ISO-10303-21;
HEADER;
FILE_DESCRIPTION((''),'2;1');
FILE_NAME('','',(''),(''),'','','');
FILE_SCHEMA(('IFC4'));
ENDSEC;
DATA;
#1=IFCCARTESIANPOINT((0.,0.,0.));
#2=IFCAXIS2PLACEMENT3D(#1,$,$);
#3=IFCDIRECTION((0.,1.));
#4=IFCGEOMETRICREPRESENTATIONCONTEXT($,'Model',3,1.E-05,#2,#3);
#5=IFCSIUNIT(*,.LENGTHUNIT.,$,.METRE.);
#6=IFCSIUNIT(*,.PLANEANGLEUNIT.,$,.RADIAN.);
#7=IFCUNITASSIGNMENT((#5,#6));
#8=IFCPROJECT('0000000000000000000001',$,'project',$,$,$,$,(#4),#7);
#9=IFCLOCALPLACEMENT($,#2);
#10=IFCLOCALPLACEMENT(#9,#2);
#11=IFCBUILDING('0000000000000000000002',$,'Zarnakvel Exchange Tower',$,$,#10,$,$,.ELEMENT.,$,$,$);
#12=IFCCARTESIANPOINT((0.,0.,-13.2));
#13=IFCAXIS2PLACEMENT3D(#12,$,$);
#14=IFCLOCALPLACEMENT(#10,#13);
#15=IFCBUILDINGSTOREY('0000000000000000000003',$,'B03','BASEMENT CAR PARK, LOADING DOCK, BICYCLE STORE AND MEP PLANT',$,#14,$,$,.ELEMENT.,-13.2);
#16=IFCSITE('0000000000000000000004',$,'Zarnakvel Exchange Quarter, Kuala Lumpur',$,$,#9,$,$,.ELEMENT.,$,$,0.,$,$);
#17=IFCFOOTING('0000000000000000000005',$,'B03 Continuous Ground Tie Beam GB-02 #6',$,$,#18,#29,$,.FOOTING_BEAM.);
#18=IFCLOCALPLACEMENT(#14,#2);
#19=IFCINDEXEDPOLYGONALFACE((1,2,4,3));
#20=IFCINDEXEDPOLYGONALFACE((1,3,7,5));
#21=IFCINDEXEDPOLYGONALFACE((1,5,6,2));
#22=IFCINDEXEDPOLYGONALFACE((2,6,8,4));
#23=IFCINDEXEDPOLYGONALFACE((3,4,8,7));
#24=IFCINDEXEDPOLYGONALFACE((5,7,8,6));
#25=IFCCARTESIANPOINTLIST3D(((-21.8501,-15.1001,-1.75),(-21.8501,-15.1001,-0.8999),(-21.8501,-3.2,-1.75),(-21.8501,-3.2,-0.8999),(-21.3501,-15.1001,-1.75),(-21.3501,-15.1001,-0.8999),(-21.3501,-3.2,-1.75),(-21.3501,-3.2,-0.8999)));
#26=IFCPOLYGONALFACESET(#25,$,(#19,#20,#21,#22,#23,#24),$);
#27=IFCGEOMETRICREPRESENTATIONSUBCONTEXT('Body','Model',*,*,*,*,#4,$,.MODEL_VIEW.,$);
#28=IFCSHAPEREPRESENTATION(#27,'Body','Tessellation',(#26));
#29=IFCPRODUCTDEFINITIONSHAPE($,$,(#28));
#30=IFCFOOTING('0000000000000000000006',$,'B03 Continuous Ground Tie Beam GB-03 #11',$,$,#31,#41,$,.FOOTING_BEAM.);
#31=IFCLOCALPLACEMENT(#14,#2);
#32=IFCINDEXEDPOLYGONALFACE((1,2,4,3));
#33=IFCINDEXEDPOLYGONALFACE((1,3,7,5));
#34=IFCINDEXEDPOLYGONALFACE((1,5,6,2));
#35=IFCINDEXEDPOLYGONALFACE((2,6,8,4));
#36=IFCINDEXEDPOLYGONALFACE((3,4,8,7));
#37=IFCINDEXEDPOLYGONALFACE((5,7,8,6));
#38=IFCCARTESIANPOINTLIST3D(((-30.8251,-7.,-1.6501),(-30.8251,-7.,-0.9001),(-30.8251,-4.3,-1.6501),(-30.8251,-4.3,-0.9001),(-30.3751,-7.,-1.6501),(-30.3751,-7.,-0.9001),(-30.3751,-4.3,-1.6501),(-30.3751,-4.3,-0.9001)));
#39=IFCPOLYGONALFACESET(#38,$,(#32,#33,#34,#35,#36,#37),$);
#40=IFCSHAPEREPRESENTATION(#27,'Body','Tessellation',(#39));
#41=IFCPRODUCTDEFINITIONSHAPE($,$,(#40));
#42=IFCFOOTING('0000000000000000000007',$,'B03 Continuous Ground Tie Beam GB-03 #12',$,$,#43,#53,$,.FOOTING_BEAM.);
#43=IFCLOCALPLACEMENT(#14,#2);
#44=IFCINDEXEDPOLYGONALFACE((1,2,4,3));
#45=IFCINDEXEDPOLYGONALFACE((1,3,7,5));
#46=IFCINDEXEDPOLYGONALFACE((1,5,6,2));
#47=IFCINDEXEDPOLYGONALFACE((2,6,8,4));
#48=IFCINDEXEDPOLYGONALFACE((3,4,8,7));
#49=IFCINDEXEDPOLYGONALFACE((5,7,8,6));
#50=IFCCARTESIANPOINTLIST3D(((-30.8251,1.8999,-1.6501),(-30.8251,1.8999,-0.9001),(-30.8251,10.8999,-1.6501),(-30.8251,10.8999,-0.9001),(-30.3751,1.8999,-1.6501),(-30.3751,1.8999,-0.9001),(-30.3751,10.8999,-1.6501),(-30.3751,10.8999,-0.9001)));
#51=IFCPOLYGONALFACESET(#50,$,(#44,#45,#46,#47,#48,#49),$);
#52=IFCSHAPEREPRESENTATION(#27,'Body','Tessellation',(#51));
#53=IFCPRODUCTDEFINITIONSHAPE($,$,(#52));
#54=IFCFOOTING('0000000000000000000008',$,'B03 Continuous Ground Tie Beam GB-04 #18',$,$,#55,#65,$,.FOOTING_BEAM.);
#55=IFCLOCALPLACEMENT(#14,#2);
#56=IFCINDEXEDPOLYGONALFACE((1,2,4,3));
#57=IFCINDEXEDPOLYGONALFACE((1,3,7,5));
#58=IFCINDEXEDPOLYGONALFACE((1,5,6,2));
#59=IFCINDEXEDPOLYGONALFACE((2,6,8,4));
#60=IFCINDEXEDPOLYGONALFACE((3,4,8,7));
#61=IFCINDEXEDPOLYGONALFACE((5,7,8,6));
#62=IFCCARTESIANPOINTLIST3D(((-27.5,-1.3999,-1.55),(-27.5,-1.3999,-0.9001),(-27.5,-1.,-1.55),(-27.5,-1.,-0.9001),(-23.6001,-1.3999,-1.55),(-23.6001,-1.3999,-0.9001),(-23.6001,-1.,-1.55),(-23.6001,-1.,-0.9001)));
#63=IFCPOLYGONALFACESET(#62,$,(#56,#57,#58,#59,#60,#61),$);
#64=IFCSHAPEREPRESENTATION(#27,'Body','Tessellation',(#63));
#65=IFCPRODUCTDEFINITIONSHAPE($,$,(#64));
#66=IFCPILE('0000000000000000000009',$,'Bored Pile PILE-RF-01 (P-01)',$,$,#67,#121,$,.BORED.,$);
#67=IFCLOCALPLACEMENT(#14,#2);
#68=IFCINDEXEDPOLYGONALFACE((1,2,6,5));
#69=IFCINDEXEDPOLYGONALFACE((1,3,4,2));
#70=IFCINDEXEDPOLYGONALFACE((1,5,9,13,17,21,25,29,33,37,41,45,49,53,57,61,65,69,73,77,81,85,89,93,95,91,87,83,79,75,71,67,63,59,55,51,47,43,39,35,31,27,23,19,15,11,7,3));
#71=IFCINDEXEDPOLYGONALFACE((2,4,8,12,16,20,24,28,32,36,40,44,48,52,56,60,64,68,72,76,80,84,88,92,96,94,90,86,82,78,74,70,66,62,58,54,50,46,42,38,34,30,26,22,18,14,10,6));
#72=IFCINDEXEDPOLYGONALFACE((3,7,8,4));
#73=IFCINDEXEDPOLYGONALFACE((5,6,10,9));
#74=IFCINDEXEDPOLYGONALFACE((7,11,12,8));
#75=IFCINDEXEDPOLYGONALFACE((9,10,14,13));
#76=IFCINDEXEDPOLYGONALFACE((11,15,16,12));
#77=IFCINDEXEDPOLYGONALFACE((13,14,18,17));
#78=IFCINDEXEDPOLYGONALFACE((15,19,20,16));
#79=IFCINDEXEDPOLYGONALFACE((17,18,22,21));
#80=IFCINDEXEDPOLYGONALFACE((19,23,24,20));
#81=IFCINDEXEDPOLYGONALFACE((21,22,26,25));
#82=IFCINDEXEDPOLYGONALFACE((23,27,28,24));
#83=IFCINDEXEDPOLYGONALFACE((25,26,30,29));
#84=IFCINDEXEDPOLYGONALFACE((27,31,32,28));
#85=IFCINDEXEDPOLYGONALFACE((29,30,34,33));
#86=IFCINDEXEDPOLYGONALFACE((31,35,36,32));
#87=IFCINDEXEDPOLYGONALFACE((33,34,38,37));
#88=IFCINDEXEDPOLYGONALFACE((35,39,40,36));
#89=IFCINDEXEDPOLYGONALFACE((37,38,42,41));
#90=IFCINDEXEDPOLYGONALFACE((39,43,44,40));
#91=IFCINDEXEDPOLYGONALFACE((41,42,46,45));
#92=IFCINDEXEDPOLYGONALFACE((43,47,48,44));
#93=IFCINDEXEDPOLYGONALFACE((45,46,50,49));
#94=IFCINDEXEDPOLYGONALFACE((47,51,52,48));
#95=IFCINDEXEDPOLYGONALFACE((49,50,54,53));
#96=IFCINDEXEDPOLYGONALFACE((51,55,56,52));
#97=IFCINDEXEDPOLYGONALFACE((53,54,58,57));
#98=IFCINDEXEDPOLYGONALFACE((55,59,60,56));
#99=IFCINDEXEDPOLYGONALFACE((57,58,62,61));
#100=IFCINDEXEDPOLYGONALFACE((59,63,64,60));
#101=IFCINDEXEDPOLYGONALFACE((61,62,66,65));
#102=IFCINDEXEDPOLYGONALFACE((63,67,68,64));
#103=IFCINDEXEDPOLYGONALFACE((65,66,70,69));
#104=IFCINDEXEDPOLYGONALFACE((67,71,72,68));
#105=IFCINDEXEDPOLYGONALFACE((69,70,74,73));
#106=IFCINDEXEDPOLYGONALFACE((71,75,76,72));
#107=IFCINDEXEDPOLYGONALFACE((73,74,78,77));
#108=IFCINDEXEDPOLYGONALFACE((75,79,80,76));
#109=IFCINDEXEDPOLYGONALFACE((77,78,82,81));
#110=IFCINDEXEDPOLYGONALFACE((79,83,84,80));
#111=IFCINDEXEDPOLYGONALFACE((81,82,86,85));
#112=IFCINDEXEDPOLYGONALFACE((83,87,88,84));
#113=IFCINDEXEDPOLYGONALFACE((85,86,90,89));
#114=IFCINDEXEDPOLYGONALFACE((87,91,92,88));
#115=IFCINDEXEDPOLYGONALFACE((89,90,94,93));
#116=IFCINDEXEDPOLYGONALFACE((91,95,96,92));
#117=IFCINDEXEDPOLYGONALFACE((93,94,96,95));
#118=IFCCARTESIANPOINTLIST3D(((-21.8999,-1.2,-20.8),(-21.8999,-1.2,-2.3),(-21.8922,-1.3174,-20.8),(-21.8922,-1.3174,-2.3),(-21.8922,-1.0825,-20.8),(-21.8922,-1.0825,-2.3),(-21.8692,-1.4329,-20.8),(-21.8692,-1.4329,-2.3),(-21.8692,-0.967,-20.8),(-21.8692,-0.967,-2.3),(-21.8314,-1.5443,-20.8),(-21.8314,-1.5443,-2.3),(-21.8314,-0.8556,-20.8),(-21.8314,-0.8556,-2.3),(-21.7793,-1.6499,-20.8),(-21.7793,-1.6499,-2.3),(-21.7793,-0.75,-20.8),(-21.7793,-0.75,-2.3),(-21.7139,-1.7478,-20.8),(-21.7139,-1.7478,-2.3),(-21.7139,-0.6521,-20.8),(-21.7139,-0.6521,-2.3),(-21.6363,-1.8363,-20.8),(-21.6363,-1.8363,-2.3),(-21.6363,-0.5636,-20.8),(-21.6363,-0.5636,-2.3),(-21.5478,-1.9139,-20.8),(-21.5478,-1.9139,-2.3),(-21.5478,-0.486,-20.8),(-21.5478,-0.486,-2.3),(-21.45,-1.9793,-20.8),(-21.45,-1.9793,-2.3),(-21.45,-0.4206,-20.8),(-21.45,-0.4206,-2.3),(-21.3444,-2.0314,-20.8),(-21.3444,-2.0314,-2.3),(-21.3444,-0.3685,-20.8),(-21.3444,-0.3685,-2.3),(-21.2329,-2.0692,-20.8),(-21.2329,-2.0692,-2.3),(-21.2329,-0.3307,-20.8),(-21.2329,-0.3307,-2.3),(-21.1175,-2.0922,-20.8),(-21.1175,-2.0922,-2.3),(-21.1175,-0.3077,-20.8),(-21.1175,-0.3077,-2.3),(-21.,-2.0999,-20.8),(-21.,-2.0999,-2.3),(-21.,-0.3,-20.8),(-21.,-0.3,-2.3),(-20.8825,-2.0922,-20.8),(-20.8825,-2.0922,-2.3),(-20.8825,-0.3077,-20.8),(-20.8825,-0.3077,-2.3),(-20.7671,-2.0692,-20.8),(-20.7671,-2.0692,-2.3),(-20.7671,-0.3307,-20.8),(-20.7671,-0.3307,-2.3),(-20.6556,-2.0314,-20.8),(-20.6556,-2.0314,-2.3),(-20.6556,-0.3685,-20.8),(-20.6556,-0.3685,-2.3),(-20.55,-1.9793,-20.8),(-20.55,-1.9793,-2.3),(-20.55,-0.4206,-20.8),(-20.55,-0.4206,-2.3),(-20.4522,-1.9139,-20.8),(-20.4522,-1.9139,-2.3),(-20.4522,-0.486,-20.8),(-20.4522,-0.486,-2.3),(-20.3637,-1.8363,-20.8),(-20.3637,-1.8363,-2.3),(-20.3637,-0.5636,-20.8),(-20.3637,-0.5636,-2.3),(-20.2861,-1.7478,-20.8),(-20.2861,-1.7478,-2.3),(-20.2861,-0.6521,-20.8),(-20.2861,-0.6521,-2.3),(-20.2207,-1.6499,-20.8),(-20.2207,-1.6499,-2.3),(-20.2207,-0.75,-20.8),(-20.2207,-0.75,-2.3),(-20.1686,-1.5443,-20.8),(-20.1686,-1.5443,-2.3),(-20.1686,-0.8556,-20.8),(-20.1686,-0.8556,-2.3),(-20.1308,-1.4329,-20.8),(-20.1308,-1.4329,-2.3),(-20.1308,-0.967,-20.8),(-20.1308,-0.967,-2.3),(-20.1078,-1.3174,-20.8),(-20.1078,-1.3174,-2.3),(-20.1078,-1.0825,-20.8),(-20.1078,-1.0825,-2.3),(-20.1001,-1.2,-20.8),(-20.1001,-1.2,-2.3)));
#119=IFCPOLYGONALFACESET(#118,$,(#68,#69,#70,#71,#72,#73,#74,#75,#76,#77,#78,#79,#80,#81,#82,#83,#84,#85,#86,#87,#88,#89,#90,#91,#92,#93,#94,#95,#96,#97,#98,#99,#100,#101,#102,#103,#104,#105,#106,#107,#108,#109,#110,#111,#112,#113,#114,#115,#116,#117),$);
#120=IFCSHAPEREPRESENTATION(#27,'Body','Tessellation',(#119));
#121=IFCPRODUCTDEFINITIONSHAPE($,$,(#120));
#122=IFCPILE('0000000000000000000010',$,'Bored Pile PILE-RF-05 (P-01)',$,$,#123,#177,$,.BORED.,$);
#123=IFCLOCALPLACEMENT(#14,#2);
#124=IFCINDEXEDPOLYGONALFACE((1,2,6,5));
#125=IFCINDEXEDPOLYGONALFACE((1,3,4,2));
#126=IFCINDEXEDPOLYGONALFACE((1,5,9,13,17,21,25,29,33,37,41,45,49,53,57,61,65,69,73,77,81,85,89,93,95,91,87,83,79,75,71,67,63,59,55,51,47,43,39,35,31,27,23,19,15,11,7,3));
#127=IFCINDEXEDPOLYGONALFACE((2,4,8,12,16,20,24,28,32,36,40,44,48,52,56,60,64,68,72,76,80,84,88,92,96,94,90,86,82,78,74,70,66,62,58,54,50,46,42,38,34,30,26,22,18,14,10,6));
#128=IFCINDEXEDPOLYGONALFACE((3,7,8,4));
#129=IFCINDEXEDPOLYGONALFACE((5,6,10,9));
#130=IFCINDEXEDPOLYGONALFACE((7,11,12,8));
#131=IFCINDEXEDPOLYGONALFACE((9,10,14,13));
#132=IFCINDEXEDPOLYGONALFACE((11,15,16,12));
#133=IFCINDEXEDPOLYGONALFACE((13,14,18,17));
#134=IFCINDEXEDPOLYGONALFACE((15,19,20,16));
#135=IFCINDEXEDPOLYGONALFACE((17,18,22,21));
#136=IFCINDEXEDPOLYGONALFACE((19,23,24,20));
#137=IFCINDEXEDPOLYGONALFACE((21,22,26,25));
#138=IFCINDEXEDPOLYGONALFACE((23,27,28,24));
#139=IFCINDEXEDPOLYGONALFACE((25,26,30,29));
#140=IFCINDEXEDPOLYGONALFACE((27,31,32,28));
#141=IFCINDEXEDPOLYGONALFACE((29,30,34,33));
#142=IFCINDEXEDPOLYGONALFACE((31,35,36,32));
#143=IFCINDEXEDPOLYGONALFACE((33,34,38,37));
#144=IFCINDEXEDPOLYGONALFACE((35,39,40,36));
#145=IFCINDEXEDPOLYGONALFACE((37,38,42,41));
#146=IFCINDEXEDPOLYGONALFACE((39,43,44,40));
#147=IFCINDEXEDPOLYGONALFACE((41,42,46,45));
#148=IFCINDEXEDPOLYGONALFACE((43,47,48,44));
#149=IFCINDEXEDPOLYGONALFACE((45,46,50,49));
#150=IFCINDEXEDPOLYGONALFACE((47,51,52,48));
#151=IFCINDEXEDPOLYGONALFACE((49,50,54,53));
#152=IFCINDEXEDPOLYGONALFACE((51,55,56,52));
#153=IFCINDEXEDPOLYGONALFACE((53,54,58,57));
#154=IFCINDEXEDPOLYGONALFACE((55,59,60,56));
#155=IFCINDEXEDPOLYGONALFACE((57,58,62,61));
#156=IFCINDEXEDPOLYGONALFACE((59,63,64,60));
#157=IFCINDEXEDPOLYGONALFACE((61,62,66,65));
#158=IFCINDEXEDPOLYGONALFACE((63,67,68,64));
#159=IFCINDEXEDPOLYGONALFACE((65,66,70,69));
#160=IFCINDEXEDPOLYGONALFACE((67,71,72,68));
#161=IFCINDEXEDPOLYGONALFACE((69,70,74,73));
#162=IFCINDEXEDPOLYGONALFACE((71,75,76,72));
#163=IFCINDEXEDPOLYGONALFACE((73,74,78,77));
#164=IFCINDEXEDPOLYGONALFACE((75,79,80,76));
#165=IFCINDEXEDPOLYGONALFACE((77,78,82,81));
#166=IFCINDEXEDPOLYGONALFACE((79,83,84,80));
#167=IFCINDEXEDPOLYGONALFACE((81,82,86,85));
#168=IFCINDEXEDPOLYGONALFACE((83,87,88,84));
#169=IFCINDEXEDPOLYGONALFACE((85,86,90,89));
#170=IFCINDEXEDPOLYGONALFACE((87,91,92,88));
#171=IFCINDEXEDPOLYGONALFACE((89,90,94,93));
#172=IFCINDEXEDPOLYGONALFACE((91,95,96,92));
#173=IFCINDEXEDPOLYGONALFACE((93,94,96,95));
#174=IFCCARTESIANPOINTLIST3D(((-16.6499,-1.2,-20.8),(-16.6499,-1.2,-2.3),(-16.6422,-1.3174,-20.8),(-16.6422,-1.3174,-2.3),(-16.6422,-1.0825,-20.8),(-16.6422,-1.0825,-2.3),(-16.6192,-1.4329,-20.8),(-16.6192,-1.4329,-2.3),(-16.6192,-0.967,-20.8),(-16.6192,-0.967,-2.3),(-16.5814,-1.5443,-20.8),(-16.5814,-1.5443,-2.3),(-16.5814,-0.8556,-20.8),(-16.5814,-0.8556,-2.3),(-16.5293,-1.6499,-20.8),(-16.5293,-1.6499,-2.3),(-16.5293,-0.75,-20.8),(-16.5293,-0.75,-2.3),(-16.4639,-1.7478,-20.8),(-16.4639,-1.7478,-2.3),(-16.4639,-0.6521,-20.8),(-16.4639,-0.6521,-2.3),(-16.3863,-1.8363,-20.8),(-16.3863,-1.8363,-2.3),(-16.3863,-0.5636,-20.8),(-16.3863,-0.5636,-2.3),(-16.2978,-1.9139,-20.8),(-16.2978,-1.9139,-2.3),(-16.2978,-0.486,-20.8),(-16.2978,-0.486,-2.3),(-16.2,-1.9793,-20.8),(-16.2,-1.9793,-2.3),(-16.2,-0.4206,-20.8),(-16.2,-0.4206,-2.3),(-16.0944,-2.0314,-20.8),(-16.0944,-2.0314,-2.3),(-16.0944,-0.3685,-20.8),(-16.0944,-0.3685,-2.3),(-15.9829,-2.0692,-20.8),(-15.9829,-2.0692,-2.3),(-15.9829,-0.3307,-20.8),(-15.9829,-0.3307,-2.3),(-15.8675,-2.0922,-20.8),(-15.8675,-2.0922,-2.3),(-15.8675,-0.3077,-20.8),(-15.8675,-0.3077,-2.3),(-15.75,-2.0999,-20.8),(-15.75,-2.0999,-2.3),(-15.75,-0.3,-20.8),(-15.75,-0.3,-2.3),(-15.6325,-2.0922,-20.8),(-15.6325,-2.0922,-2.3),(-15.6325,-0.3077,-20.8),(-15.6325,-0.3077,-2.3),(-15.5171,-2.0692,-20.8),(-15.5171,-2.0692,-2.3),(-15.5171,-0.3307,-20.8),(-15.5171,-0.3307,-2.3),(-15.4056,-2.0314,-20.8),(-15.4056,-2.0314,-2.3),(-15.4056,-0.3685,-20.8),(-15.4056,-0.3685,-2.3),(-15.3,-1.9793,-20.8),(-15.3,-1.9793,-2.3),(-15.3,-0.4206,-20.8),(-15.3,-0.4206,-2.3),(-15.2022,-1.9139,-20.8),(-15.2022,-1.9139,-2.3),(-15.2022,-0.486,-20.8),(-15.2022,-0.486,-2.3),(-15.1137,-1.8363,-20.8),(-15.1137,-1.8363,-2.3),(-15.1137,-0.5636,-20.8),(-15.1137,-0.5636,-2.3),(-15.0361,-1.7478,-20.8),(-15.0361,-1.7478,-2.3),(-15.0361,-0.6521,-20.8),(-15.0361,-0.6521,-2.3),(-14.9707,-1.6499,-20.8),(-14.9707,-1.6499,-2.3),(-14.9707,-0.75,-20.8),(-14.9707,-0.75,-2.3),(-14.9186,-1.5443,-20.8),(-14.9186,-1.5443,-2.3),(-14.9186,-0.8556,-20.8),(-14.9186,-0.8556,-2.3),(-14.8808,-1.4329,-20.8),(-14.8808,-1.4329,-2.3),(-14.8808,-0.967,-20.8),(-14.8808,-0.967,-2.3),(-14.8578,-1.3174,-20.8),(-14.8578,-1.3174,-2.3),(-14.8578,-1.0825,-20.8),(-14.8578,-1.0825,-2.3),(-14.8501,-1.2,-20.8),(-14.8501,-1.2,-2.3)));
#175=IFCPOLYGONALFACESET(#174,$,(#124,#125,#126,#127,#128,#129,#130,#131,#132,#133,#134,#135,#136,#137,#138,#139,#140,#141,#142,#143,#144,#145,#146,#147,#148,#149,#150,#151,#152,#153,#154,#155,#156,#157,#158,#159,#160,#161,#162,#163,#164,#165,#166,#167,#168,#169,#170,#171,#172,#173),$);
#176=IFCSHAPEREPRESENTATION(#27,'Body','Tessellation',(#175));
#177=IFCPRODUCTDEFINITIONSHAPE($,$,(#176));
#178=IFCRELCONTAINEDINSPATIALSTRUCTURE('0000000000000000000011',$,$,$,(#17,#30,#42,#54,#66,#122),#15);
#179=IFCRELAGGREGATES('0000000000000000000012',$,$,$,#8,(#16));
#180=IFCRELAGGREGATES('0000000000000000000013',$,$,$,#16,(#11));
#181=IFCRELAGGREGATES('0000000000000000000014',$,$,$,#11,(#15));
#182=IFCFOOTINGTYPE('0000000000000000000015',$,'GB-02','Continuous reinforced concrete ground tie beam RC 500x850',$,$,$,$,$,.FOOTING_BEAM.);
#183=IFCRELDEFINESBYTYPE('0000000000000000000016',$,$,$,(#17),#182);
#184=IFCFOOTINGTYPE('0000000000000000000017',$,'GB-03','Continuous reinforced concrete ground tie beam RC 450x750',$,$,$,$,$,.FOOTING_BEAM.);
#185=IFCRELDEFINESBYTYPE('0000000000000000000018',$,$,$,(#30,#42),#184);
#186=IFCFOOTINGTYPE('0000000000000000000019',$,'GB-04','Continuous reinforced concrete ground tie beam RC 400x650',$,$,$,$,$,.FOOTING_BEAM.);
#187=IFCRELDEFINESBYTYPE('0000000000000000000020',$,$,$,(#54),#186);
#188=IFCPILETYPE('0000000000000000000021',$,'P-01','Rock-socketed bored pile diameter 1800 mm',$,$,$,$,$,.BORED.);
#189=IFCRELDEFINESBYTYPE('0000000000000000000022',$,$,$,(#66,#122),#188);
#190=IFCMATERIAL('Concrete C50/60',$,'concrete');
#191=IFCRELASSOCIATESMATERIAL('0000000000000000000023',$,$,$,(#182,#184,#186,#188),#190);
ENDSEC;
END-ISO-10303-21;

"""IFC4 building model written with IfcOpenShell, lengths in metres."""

from ifc_helpers import new_model, si_unit, direction, frame, origin, origin_2d, place, context, subcontext, project, spatial, rectangle, circle, extrude, material, material_profile, profile_set, type_object, element, save


model = new_model("IFC4")

# Units and contexts
model_context = context("Model", 3, precision=1e-05, world=origin(), true_north=direction((0.0, 1.0)))
body_context = subcontext(model_context, "Body", "Model", "MODEL_VIEW")
ifc_project = project(units=[si_unit("LENGTHUNIT", "METRE"), si_unit("PLANEANGLEUNIT", "RADIAN")], contexts=[model_context])

# Site, building, storey
site_placement = place(None, origin())
site = spatial("IfcSite", under=ifc_project, at=site_placement, Name="Zarnakvel Exchange Quarter, Kuala Lumpur", CompositionType="ELEMENT", RefElevation=0.0)
building_placement = place(site_placement, origin())
building = spatial("IfcBuilding", under=site, at=building_placement, Name="Zarnakvel Exchange Tower", CompositionType="ELEMENT")
storey_placement = place(building_placement, frame((0.0, 0.0, -13.2)))
storey = spatial("IfcBuildingStorey", under=building, at=storey_placement, Name="B03", Description="BASEMENT CAR PARK, LOADING DOCK, BICYCLE STORE AND MEP PLANT", CompositionType="ELEMENT", Elevation=-13.2)

# Footings
ifc_material_1 = material(Name="Concrete C50/60", Category="concrete")
ifc_material_profile_1 = material_profile(ifc_material_1, rectangle(XDim=0.5, YDim=0.8501, at=origin_2d()))
ifc_profile_set_1 = profile_set([ifc_material_profile_1], Name="Concrete C50/60")
footing_type_1 = type_object("IfcFootingType", Name="GB-02", Description="Continuous reinforced concrete ground tie beam RC 500x850", PredefinedType="FOOTING_BEAM", material=ifc_profile_set_1)
footing_1_placement = place(storey_placement, frame((-21.6001, -15.1001, -1.325), z_axis=(0.0, 1.0, 0.0), x_axis=(-1.0, 0.0, 0.0)))
element("IfcFooting", 1, at=footing_1_placement, inside=storey, type_object=footing_type_1, Name="B03 Continuous Ground Tie Beam GB-02 #6", PredefinedType="FOOTING_BEAM", context=body_context, shape_type="SweptSolid", body=[
    extrude(rectangle(XDim=0.5, YDim=0.8501, at=origin_2d()), origin(), (0.0, 0.0, 1.0), 11.9001),
])
ifc_material_profile_2 = material_profile(ifc_material_1, rectangle(XDim=0.45, YDim=0.75, at=origin_2d()))
ifc_profile_set_2 = profile_set([ifc_material_profile_2], Name="Concrete C50/60")
footing_type_2 = type_object("IfcFootingType", Name="GB-03", Description="Continuous reinforced concrete ground tie beam RC 450x750", PredefinedType="FOOTING_BEAM", material=ifc_profile_set_2)
footing_2_placement = place(storey_placement, frame((-30.6001, -7.0, -1.2751), z_axis=(0.0, 1.0, 0.0), x_axis=(-1.0, 0.0, 0.0)))
element("IfcFooting", 2, at=footing_2_placement, inside=storey, type_object=footing_type_2, Name="B03 Continuous Ground Tie Beam GB-03 #11", PredefinedType="FOOTING_BEAM", context=body_context, shape_type="SweptSolid", body=[
    extrude(rectangle(XDim=0.45, YDim=0.75, at=origin_2d()), origin(), (0.0, 0.0, 1.0), 2.7),
])
footing_3_placement = place(storey_placement, frame((-30.6001, 1.8999, -1.2751), z_axis=(0.0, 1.0, 0.0), x_axis=(-1.0, 0.0, 0.0)))
element("IfcFooting", 3, at=footing_3_placement, inside=storey, type_object=footing_type_2, Name="B03 Continuous Ground Tie Beam GB-03 #12", PredefinedType="FOOTING_BEAM", context=body_context, shape_type="SweptSolid", body=[
    extrude(rectangle(XDim=0.45, YDim=0.75, at=origin_2d()), origin(), (0.0, 0.0, 1.0), 9.0),
])
ifc_material_profile_3 = material_profile(ifc_material_1, rectangle(XDim=0.3999, YDim=0.6499, at=origin_2d()))
ifc_profile_set_3 = profile_set([ifc_material_profile_3], Name="Concrete C50/60")
footing_type_3 = type_object("IfcFootingType", Name="GB-04", Description="Continuous reinforced concrete ground tie beam RC 400x650", PredefinedType="FOOTING_BEAM", material=ifc_profile_set_3)
footing_4_placement = place(storey_placement, frame((-27.5, -1.2, -1.2251), z_axis=(1.0, 0.0, 0.0), x_axis=(0.0, 1.0, 0.0)))
element("IfcFooting", 4, at=footing_4_placement, inside=storey, type_object=footing_type_3, Name="B03 Continuous Ground Tie Beam GB-04 #18", PredefinedType="FOOTING_BEAM", context=body_context, shape_type="SweptSolid", body=[
    extrude(rectangle(XDim=0.3999, YDim=0.6499, at=origin_2d()), origin(), (0.0, 0.0, 1.0), 3.8999),
])

# Piles
ifc_material_profile_4 = material_profile(ifc_material_1, circle(Radius=0.8999, at=origin_2d()))
ifc_profile_set_4 = profile_set([ifc_material_profile_4], Name="Concrete C50/60")
pile_type_1 = type_object("IfcPileType", Name="P-01", Description="Rock-socketed bored pile diameter 1800 mm", PredefinedType="BORED", material=ifc_profile_set_4)
for number, where, z_axis, x_axis, name in (
    (5, (-21.0, -1.2, -2.3), (0.0, 0.0, -1.0), (1.0, 0.0, 0.0), "Bored Pile PILE-RF-01 (P-01)"),
    (6, (-15.75, -1.2, -2.3), (0.0, 0.0, -1.0), (1.0, 0.0, 0.0), "Bored Pile PILE-RF-05 (P-01)"),
):
    element("IfcPile", number, at=place(storey_placement, frame(where, z_axis=z_axis, x_axis=x_axis)), inside=storey, type_object=pile_type_1, Name=name, PredefinedType="BORED", context=body_context, shape_type="SweptSolid", body=[
        extrude(circle(Radius=0.8999, at=origin_2d()), origin(), (0.0, 0.0, 1.0), 18.5),
    ])

save(model, "model.ifc")
